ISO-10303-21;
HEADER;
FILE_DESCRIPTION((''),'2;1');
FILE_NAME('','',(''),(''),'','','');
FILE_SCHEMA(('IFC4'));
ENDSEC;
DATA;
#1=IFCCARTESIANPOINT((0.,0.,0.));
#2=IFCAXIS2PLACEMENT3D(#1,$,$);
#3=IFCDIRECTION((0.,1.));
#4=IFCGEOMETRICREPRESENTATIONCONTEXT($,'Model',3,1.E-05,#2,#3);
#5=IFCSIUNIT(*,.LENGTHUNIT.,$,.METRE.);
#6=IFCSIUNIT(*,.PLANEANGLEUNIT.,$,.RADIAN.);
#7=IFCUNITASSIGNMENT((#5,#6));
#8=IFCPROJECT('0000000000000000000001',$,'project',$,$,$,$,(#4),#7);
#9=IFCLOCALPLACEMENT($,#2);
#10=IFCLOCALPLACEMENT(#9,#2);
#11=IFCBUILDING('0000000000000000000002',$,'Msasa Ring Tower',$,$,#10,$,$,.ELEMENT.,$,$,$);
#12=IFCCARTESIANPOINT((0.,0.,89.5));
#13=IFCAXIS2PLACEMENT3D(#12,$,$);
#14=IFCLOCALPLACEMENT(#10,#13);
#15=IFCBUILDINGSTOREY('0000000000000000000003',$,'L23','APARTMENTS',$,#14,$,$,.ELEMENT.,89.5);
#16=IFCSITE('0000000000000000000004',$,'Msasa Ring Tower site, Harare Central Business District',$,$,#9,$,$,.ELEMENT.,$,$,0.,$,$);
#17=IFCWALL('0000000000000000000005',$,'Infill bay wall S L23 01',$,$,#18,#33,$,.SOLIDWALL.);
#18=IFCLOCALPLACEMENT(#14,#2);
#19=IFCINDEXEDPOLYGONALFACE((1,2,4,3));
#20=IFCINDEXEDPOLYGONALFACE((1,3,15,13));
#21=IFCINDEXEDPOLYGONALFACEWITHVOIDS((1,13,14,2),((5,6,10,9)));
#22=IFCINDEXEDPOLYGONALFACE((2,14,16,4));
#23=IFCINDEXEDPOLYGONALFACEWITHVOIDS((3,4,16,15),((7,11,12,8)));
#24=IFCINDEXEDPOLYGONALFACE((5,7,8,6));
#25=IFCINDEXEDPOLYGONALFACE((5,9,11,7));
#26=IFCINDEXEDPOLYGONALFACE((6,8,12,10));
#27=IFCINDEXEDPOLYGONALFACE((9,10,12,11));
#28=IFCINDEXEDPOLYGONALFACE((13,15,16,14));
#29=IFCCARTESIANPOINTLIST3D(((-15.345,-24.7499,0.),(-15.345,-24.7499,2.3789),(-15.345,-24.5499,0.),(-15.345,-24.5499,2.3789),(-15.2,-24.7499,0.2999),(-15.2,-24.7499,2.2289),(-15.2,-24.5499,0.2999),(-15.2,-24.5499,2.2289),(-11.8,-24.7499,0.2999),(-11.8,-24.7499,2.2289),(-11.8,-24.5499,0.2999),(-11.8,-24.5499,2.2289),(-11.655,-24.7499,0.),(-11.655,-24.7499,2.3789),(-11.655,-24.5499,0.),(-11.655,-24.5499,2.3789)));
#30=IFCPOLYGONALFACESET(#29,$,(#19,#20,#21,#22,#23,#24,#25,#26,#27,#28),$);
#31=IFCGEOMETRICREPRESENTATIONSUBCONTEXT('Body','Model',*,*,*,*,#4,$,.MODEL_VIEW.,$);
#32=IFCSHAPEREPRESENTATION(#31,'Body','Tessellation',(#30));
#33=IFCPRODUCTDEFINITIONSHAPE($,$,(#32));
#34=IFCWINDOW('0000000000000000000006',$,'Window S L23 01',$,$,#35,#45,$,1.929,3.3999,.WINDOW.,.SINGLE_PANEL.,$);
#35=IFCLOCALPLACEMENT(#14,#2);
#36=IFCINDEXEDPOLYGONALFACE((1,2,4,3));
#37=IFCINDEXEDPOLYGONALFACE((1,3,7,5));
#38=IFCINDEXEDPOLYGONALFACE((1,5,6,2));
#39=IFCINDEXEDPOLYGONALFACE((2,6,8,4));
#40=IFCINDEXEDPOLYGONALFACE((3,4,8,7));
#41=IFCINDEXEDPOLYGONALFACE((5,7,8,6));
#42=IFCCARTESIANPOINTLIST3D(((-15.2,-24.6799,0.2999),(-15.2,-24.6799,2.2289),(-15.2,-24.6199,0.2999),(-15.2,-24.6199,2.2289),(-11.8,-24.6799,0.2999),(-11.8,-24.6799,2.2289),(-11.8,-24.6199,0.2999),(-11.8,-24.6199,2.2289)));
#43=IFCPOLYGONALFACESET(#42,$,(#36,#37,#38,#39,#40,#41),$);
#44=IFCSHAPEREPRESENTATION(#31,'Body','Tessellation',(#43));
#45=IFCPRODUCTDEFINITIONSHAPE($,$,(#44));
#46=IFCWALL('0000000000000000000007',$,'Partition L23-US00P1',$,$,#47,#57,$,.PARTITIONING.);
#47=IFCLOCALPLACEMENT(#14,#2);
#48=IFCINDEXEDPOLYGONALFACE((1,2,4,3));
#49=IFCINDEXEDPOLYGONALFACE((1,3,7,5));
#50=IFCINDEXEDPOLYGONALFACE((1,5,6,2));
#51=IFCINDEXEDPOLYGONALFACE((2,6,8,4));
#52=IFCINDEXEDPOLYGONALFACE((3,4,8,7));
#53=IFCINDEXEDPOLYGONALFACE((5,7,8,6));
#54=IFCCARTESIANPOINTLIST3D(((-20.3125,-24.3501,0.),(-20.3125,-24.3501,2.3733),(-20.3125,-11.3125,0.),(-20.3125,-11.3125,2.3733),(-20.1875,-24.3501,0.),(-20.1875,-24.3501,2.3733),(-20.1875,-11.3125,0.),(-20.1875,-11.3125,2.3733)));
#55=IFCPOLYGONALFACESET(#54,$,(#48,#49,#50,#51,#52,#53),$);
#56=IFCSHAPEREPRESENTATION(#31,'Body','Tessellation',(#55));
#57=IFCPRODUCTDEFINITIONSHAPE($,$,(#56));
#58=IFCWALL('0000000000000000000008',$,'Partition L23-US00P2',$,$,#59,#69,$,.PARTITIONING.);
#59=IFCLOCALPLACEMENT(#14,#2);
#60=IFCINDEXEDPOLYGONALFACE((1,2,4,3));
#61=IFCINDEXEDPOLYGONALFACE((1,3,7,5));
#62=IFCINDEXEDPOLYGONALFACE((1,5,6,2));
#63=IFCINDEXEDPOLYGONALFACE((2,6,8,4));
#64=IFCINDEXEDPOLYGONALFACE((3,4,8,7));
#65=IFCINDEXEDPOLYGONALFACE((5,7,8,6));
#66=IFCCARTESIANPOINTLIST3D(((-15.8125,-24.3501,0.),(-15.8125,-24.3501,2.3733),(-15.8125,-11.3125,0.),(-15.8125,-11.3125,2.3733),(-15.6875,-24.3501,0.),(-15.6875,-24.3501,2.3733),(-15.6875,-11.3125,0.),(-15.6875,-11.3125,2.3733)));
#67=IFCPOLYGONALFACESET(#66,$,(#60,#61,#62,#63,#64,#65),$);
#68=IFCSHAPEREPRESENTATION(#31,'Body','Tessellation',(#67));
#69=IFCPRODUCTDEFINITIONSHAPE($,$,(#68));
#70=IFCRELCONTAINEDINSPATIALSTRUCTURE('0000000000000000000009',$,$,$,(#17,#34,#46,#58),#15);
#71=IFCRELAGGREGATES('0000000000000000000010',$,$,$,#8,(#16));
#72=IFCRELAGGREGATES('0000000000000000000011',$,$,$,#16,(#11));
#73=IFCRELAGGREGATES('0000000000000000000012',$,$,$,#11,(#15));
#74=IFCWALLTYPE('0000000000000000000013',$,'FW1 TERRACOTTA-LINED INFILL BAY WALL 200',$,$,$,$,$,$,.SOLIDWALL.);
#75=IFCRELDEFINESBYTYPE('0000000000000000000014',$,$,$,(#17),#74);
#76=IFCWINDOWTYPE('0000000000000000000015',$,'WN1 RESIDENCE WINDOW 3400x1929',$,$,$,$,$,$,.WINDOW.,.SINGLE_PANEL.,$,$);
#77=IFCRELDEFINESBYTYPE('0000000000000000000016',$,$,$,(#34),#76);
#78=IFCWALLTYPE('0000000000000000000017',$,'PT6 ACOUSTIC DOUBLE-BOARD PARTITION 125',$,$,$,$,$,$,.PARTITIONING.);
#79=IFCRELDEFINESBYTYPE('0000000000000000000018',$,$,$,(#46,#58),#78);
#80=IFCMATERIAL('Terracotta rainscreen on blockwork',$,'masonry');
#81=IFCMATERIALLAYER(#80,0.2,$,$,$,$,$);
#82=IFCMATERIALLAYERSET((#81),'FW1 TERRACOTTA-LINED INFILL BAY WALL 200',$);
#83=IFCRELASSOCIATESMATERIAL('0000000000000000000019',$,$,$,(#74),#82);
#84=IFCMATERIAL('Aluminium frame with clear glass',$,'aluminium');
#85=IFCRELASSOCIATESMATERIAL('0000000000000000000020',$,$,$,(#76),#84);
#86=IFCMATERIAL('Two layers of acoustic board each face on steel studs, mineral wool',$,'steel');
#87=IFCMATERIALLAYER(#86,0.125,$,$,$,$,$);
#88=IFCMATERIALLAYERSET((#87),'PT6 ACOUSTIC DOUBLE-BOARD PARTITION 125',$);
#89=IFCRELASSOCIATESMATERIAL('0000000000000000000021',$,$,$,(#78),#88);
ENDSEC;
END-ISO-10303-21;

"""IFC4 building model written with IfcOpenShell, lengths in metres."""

from ifc_helpers import new_model, si_unit, direction, frame, frame_2d, origin, place, context, subcontext, project, spatial, rectangle, extrude, material, layer, layer_set, type_object, element, fill, save


model = new_model("IFC4")

# Units and contexts
model_context = context("Model", 3, precision=1e-05, world=origin(), true_north=direction((0.0, 1.0)))
body_context = subcontext(model_context, "Body", "Model", "MODEL_VIEW")
ifc_project = project(units=[si_unit("LENGTHUNIT", "METRE"), si_unit("PLANEANGLEUNIT", "RADIAN")], contexts=[model_context])

# Site, building, storey
site_placement = place(None, origin())
site = spatial("IfcSite", under=ifc_project, at=site_placement, Name="Msasa Ring Tower site, Harare Central Business District", CompositionType="ELEMENT", RefElevation=0.0)
building_placement = place(site_placement, origin())
building = spatial("IfcBuilding", under=site, at=building_placement, Name="Msasa Ring Tower", CompositionType="ELEMENT")
storey_placement = place(building_placement, frame((0.0, 0.0, 89.5)))
storey = spatial("IfcBuildingStorey", under=building, at=storey_placement, Name="L23", Description="APARTMENTS", CompositionType="ELEMENT", Elevation=89.5)

# Wall, opening, window
ifc_material_1 = material(Name="Terracotta rainscreen on blockwork", Category="masonry")
ifc_layer_1 = layer(ifc_material_1, 0.2)
ifc_layer_set_1 = layer_set([ifc_layer_1], Name="FW1 TERRACOTTA-LINED INFILL BAY WALL 200")
wall_type_1 = type_object("IfcWallType", Name="FW1 TERRACOTTA-LINED INFILL BAY WALL 200", PredefinedType="SOLIDWALL", material=ifc_layer_set_1)
ifc_material_2 = material(Name="Aluminium frame with clear glass", Category="aluminium")
window_type = type_object("IfcWindowType", Name="WN1 RESIDENCE WINDOW 3400x1929", PartitioningType="SINGLE_PANEL", PredefinedType="WINDOW", material=ifc_material_2)
wall_1_placement = place(storey_placement, frame((-15.345, -24.6499, 0.0), z_axis=(0.0, 0.0, 1.0), x_axis=(1.0, 0.0, 0.0)))
wall_1 = element("IfcWall", 1, at=wall_1_placement, inside=storey, type_object=wall_type_1, Name="Infill bay wall S L23 01", PredefinedType="SOLIDWALL", context=body_context, shape_type="SweptSolid", body=[
    extrude(rectangle(XDim=3.6899, YDim=0.2, at=frame_2d((1.845, 0.0))), origin(), (0.0, 0.0, 1.0), 2.3789),
])
opening_1_placement = place(wall_1_placement, frame((0.145, 0.0, 0.3)))
opening_1 = element("IfcOpeningElement", 2, at=opening_1_placement, cuts=wall_1, PredefinedType="OPENING", context=body_context, shape_type="SweptSolid", body=[
    extrude(rectangle(XDim=3.3999, YDim=1.929, at=frame_2d((1.7, 0.9644))), frame((0.0, 0.1099, 0.0), z_axis=(0.0, -1.0, 0.0), x_axis=(1.0, 0.0, 0.0)), (0.0, 0.0, 1.0), 0.22),
])
window_1_placement = place(opening_1_placement, origin())
window_1 = element("IfcWindow", 3, at=window_1_placement, inside=storey, type_object=window_type, Name="Window S L23 01", OverallHeight=1.929, OverallWidth=3.3999, PartitioningType="SINGLE_PANEL", PredefinedType="WINDOW", context=body_context, shape_type="SweptSolid", body=[
    extrude(rectangle(XDim=3.3999, YDim=1.929, at=frame_2d((1.7, 0.9644))), frame((0.0, 0.03, 0.0), z_axis=(0.0, -1.0, 0.0), x_axis=(1.0, 0.0, 0.0)), (0.0, 0.0, 1.0), 0.0601),
])
fill(opening_1, window_1)

# Walls
ifc_material_3 = material(Name="Two layers of acoustic board each face on steel studs, mineral wool", Category="steel")
ifc_layer_2 = layer(ifc_material_3, 0.125)
ifc_layer_set_2 = layer_set([ifc_layer_2], Name="PT6 ACOUSTIC DOUBLE-BOARD PARTITION 125")
wall_type_2 = type_object("IfcWallType", Name="PT6 ACOUSTIC DOUBLE-BOARD PARTITION 125", PredefinedType="PARTITIONING", material=ifc_layer_set_2)
for number, where, z_axis, x_axis, name in (
    (4, (-20.25, -24.3501, 0.0), (0.0, 0.0, 1.0), (0.0, 1.0, 0.0), "Partition L23-US00P1"),
    (5, (-15.75, -24.3501, 0.0), (0.0, 0.0, 1.0), (0.0, 1.0, 0.0), "Partition L23-US00P2"),
):
    element("IfcWall", number, at=place(storey_placement, frame(where, z_axis=z_axis, x_axis=x_axis)), inside=storey, type_object=wall_type_2, Name=name, PredefinedType="PARTITIONING", context=body_context, shape_type="SweptSolid", body=[
        extrude(rectangle(XDim=13.0376, YDim=0.125, at=frame_2d((6.5188, 0.0))), origin(), (0.0, 0.0, 1.0), 2.3733),
    ])

save(model, "model.ifc")
